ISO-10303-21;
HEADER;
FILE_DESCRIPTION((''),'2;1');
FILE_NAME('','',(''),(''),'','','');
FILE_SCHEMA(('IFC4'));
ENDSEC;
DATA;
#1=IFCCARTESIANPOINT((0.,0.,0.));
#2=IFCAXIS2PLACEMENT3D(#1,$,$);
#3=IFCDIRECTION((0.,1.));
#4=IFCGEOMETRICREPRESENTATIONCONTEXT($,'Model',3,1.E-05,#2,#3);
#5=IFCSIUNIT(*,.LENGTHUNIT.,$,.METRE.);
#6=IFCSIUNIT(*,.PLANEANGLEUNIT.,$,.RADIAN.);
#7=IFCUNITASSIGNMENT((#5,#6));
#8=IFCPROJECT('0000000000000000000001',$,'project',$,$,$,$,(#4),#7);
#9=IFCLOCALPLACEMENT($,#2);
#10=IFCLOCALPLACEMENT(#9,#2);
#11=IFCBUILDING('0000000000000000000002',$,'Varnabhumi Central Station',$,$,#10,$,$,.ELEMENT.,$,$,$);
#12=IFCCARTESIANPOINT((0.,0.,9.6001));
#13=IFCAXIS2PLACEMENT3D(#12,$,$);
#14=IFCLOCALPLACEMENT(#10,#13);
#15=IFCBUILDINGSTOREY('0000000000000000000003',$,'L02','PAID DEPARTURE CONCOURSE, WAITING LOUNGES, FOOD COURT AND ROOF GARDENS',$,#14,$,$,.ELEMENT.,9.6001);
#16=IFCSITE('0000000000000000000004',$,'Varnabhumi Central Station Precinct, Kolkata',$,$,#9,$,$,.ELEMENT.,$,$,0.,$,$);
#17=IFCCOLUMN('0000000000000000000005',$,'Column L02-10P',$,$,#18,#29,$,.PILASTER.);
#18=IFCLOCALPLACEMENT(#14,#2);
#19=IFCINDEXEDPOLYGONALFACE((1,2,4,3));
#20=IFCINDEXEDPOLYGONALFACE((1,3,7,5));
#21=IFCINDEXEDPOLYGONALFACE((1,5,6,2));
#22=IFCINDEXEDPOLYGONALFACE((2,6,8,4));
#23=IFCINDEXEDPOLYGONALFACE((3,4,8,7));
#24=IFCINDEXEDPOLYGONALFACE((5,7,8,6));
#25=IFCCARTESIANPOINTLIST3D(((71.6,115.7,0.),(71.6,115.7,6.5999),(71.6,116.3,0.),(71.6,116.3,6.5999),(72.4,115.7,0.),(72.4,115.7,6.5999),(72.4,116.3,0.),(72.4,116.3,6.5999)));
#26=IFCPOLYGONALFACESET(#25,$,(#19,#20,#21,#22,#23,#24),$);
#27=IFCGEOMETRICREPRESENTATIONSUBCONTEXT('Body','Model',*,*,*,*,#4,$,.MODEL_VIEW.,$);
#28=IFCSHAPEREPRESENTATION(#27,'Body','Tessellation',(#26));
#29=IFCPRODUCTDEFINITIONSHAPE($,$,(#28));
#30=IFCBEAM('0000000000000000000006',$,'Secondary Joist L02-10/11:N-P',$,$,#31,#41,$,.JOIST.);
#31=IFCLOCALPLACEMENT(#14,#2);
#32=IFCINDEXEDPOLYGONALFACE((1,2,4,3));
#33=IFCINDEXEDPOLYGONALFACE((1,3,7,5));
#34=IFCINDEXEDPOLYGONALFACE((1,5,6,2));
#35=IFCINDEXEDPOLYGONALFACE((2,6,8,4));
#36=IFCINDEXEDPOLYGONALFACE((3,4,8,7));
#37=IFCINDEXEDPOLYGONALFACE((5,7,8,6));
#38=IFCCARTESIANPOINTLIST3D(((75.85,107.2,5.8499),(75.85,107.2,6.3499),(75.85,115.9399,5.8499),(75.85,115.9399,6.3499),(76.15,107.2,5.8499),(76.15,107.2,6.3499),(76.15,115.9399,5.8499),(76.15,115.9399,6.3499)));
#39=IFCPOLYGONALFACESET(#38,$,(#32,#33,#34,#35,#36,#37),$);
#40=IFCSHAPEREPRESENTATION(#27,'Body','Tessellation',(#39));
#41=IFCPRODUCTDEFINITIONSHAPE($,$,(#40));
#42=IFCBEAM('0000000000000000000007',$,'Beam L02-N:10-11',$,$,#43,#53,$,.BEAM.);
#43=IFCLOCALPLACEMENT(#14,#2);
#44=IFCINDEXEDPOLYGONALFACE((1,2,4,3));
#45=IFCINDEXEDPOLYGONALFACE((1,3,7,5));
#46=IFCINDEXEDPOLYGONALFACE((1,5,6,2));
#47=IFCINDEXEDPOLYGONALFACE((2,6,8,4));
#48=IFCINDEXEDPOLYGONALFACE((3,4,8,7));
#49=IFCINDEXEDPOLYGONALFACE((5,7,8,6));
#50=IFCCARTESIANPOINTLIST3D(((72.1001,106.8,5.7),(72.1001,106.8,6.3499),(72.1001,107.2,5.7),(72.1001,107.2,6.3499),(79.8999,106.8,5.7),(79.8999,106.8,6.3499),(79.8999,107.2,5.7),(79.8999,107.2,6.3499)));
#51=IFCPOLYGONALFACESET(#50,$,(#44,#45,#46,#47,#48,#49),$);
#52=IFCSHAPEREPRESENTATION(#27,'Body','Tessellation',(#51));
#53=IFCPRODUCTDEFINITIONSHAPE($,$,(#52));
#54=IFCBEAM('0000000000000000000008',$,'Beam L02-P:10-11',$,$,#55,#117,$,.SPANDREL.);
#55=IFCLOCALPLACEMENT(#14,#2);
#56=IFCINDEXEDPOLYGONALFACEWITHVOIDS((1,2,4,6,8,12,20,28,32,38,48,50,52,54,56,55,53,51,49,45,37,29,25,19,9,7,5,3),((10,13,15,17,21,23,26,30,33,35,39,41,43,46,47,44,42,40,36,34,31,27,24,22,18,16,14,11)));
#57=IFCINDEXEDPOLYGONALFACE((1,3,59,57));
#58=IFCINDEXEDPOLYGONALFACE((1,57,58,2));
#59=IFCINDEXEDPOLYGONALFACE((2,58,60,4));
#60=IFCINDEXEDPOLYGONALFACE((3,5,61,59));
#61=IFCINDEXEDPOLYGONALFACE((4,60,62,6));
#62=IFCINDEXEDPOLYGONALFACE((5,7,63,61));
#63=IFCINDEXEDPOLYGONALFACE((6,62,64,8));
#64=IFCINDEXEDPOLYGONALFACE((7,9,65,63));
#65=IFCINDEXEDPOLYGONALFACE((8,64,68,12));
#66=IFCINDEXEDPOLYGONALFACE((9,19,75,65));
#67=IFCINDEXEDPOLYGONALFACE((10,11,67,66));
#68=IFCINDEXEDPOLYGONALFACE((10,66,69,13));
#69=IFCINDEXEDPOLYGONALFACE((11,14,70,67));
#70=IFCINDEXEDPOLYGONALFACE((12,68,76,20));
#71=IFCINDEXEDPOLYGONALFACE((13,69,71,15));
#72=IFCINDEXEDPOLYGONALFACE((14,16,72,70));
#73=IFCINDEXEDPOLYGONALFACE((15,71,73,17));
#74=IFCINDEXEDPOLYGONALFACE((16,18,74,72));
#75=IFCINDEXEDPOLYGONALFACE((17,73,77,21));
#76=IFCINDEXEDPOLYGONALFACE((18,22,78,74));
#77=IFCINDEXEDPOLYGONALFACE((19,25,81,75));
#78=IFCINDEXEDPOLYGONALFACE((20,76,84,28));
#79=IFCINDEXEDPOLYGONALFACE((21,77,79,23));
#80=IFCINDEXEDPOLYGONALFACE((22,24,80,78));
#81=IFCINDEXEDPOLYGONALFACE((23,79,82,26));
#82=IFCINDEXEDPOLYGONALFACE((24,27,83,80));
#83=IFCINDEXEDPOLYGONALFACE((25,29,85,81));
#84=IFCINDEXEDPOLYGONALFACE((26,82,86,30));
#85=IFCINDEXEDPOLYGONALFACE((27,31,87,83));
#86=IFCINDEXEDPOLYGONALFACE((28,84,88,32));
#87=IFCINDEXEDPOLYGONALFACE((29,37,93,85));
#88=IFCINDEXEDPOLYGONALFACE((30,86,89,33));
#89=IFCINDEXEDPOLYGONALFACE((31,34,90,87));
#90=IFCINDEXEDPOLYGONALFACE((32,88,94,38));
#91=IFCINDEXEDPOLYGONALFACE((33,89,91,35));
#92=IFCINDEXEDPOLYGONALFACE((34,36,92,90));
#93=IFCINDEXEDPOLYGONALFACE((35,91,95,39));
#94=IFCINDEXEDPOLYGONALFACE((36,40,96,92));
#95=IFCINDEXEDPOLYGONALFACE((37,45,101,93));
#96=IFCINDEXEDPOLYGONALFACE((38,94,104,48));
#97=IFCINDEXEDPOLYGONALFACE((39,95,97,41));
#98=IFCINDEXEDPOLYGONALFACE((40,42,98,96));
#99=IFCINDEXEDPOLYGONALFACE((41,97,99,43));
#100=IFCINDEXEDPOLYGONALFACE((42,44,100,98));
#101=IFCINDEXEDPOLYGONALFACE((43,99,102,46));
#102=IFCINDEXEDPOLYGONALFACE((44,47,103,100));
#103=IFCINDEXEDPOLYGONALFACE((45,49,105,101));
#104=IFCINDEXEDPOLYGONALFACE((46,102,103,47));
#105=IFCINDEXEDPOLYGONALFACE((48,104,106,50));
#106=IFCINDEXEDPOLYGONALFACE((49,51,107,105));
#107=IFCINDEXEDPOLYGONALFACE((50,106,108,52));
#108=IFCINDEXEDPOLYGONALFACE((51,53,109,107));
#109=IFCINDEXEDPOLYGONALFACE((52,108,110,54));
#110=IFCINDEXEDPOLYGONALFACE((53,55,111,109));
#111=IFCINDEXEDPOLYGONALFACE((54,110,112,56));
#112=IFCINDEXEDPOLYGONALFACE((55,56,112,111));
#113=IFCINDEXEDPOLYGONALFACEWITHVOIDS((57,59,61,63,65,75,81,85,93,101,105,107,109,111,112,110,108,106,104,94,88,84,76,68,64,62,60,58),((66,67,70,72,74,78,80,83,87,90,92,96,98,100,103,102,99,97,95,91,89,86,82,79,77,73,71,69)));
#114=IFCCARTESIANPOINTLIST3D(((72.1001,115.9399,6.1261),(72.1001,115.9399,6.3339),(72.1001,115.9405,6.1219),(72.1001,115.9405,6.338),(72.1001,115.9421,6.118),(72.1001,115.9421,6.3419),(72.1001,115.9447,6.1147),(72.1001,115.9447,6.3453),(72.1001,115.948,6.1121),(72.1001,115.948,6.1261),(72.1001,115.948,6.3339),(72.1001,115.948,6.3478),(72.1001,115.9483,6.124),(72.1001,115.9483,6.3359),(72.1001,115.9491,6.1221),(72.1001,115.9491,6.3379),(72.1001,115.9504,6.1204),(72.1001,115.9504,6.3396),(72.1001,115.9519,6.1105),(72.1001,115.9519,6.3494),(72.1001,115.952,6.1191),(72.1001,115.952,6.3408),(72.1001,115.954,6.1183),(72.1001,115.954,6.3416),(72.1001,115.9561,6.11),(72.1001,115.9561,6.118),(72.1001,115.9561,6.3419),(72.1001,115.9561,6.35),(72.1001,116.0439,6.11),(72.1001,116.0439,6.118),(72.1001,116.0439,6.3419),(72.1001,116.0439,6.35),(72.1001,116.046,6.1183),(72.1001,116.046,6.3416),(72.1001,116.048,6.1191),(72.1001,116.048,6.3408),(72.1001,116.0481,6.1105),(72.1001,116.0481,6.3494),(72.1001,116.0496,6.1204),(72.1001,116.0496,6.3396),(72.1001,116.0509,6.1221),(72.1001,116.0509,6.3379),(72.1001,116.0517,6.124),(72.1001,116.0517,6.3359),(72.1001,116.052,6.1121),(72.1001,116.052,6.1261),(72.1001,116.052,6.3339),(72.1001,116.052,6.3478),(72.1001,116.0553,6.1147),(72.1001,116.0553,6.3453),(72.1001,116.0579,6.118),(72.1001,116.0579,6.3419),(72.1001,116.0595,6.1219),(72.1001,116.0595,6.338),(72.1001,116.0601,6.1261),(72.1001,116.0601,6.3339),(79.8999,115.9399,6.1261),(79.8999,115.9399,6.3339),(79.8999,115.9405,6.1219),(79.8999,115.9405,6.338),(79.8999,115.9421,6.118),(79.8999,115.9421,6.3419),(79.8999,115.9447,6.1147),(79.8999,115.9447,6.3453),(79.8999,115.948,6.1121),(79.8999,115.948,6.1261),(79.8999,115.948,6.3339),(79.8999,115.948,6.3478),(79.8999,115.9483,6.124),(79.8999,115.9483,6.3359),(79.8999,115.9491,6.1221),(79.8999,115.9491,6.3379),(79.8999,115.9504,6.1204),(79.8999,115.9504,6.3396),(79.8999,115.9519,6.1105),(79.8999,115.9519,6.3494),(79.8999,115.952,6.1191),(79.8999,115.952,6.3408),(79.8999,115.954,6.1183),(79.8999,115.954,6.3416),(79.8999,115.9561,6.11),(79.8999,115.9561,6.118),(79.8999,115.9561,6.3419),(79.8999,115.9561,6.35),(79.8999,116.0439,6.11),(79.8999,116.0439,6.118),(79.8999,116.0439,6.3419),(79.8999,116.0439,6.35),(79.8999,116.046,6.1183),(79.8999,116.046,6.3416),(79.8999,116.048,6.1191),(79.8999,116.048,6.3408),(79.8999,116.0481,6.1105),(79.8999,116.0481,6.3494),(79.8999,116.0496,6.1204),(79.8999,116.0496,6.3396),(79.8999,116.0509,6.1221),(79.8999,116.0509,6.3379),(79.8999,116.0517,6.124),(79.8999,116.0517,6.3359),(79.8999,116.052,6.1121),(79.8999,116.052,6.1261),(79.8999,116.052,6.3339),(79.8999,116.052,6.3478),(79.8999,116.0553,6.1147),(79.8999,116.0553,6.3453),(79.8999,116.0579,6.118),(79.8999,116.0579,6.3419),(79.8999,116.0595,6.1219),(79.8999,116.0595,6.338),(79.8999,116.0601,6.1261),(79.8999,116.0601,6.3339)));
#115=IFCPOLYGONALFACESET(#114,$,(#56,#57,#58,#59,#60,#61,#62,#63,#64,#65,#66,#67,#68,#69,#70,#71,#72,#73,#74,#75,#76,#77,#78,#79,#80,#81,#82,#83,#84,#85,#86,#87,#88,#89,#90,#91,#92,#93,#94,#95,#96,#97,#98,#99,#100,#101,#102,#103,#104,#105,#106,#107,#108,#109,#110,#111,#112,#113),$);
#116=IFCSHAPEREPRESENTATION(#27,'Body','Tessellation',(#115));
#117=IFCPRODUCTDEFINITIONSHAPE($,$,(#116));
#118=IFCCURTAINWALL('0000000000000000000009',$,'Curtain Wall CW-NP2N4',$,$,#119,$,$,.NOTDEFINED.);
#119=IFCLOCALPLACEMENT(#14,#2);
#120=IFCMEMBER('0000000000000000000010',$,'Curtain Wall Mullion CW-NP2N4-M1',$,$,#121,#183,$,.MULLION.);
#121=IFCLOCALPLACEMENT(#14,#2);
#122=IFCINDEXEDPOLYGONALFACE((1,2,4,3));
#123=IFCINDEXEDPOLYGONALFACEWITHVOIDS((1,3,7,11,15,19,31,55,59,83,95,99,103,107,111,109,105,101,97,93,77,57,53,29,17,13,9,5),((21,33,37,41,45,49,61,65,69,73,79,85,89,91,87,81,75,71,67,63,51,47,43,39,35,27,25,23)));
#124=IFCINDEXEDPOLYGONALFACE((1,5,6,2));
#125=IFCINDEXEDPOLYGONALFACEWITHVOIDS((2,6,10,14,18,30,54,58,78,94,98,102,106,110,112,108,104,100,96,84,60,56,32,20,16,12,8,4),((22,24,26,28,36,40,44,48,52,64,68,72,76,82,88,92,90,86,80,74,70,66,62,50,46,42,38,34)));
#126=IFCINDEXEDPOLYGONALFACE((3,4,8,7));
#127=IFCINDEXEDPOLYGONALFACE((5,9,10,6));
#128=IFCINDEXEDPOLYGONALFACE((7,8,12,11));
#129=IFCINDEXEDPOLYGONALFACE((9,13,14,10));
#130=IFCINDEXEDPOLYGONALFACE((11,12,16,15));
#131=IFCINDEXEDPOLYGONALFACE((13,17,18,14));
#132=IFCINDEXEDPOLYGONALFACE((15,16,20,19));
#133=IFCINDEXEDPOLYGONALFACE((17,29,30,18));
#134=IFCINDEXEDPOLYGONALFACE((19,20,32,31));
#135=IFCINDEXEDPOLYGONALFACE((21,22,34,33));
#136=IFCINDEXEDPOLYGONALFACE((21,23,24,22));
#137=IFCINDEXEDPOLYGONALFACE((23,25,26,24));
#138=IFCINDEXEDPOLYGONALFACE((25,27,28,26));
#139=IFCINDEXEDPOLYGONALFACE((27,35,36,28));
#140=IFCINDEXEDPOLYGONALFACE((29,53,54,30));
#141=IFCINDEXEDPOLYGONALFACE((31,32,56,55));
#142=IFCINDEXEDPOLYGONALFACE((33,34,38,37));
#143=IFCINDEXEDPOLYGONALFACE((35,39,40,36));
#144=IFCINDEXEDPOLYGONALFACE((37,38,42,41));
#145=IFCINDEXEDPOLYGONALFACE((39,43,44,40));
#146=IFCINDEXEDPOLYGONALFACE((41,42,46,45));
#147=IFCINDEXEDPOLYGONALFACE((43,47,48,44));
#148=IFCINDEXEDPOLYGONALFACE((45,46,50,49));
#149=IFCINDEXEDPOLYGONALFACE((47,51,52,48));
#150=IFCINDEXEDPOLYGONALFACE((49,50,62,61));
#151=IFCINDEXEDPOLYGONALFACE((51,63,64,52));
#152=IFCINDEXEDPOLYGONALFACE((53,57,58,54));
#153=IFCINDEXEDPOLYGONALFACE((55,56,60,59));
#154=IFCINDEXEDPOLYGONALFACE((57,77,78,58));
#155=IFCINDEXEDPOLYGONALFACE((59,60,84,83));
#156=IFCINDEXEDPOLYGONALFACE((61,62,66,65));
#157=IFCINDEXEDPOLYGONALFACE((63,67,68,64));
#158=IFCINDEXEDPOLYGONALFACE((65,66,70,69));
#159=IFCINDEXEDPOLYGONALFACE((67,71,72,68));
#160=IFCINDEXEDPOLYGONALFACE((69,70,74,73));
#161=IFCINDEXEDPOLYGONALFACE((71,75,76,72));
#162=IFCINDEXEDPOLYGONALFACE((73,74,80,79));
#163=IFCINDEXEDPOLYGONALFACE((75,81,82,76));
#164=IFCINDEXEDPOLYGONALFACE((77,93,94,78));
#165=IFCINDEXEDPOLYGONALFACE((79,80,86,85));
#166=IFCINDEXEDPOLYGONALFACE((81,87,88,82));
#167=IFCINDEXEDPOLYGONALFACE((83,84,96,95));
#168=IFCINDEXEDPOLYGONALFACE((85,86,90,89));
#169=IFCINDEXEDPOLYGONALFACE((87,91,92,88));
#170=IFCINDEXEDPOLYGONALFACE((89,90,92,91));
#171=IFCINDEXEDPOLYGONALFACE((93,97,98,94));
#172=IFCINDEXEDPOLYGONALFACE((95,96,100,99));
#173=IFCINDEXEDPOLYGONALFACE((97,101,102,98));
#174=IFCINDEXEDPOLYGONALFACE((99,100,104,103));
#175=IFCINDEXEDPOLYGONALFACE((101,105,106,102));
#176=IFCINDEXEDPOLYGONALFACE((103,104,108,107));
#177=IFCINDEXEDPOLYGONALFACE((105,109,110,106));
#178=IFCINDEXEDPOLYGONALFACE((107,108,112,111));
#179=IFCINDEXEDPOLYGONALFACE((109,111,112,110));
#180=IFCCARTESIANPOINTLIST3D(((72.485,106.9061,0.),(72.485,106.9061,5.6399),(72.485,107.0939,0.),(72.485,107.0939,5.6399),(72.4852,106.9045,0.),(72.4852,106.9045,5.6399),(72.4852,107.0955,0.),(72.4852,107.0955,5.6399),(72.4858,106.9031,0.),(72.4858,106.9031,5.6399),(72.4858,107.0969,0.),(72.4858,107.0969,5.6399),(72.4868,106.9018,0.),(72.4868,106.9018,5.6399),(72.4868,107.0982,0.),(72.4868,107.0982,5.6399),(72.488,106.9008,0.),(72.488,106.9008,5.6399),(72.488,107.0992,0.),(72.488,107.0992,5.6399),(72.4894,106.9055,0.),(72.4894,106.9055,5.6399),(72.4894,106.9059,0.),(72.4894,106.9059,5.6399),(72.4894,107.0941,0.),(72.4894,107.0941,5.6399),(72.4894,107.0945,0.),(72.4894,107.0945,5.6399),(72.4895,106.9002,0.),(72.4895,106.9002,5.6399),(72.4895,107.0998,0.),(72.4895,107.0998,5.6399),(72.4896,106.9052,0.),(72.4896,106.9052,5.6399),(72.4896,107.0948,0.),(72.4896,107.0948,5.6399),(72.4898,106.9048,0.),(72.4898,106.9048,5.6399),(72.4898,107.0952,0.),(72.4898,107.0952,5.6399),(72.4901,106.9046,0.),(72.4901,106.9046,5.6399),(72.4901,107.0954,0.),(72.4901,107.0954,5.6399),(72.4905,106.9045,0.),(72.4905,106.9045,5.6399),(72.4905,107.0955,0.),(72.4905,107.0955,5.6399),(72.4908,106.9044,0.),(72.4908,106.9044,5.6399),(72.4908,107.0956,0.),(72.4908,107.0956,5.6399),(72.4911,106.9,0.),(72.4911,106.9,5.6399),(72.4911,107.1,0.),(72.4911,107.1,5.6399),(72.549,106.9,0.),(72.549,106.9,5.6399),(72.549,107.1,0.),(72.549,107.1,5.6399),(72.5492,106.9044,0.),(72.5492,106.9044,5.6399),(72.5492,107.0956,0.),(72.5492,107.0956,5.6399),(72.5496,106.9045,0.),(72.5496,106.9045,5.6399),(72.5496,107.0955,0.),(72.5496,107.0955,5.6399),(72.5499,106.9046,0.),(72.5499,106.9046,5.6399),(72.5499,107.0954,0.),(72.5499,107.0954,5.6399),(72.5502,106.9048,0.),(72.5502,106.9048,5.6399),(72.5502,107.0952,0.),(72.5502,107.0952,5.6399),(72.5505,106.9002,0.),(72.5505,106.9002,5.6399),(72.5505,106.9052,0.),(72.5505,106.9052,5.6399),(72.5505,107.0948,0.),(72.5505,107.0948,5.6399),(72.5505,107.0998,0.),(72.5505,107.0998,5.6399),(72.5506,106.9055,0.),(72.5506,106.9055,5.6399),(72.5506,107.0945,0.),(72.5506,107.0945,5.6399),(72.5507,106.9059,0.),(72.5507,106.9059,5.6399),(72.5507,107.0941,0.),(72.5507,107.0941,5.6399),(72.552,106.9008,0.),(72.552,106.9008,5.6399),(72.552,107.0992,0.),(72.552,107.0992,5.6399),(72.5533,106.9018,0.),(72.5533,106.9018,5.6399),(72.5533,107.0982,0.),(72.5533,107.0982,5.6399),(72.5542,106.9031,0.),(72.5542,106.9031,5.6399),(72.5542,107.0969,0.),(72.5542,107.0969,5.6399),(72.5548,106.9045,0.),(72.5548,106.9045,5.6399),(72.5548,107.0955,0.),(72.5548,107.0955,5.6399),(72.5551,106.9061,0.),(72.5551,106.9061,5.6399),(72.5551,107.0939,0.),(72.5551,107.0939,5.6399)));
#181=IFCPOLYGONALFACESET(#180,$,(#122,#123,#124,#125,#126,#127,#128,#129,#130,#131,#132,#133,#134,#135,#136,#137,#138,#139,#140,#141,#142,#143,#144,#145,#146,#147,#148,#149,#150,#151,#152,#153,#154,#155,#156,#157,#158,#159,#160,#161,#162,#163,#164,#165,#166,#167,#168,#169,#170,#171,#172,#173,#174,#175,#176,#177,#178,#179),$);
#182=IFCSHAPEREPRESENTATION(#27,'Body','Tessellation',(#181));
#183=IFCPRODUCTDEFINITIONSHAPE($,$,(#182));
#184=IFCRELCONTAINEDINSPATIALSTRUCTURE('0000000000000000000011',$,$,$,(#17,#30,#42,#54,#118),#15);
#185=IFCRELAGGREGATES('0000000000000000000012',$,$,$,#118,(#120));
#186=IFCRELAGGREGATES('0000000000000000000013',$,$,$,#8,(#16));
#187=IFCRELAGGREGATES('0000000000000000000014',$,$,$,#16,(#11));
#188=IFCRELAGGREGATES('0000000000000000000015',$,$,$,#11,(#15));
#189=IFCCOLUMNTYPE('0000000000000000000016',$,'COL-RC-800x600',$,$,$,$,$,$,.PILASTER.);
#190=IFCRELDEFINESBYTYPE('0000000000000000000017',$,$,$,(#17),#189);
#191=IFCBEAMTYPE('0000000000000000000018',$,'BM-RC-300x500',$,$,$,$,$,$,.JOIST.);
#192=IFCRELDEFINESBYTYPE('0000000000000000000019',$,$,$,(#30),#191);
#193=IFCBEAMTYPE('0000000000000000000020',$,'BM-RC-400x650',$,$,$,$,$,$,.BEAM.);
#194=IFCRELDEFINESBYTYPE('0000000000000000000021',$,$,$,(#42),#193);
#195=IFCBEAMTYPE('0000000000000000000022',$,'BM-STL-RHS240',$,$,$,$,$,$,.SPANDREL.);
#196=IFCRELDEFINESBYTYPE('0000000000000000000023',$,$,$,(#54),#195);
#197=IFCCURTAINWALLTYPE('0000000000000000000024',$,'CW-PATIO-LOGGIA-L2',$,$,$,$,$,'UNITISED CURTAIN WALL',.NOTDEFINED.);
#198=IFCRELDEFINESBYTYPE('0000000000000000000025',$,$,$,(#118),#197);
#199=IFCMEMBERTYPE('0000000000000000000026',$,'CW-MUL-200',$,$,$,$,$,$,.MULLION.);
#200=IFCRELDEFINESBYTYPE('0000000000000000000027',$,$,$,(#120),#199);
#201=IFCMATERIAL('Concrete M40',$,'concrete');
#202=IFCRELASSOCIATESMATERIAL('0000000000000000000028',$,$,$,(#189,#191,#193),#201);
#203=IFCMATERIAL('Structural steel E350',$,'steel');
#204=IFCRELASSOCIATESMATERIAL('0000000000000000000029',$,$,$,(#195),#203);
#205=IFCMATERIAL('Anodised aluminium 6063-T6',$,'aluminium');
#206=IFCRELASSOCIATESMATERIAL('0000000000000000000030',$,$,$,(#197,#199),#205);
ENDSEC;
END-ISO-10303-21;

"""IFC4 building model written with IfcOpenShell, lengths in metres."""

from ifc_helpers import new_model, si_unit, direction, frame, origin, origin_2d, place, context, subcontext, project, spatial, rectangle, hollow_rectangle, extrude, material, material_profile, profile_set, type_object, element, aggregate, save


model = new_model("IFC4")

# Units and contexts
model_context = context("Model", 3, precision=1e-05, world=origin(), true_north=direction((0.0, 1.0)))
body_context = subcontext(model_context, "Body", "Model", "MODEL_VIEW")
ifc_project = project(units=[si_unit("LENGTHUNIT", "METRE"), si_unit("PLANEANGLEUNIT", "RADIAN")], contexts=[model_context])

# Site, building, storey
site_placement = place(None, origin())
site = spatial("IfcSite", under=ifc_project, at=site_placement, Name="Varnabhumi Central Station Precinct, Kolkata", CompositionType="ELEMENT", RefElevation=0.0)
building_placement = place(site_placement, origin())
building = spatial("IfcBuilding", under=site, at=building_placement, Name="Varnabhumi Central Station", CompositionType="ELEMENT")
storey_placement = place(building_placement, frame((0.0, 0.0, 9.6001)))
storey = spatial("IfcBuildingStorey", under=building, at=storey_placement, Name="L02", Description="PAID DEPARTURE CONCOURSE, WAITING LOUNGES, FOOD COURT AND ROOF GARDENS", CompositionType="ELEMENT", Elevation=9.6001)

# Column
ifc_material_1 = material(Name="Concrete M40", Category="concrete")
ifc_material_profile_1 = material_profile(ifc_material_1, rectangle(XDim=0.8, YDim=0.6001, at=origin_2d()), Name="Concrete M40", Category="concrete")
ifc_profile_set_1 = profile_set([ifc_material_profile_1], Name="Concrete M40")
column_type = type_object("IfcColumnType", Name="COL-RC-800x600", PredefinedType="PILASTER", material=ifc_profile_set_1)
column_placement = place(storey_placement, frame((72.0, 116.0, 0.0), z_axis=(0.0, 0.0, 1.0), x_axis=(1.0, 0.0, 0.0)))
element("IfcColumn", 1, at=column_placement, inside=storey, type_object=column_type, Name="Column L02-10P", PredefinedType="PILASTER", context=body_context, shape_type="SweptSolid", body=[
    extrude(rectangle(XDim=0.8, YDim=0.6001, at=origin_2d()), origin(), (0.0, 0.0, 1.0), 6.5999),
])

# Beams
ifc_material_profile_2 = material_profile(ifc_material_1, rectangle(XDim=0.3, YDim=0.5, at=origin_2d()), Name="Concrete M40", Category="concrete")
ifc_profile_set_2 = profile_set([ifc_material_profile_2], Name="Concrete M40")
beam_type_1 = type_object("IfcBeamType", Name="BM-RC-300x500", PredefinedType="JOIST", material=ifc_profile_set_2)
beam_1_placement = place(storey_placement, frame((76.0, 107.2, 6.0999), z_axis=(0.0, 1.0, 0.0), x_axis=(-1.0, 0.0, 0.0)))
element("IfcBeam", 2, at=beam_1_placement, inside=storey, type_object=beam_type_1, Name="Secondary Joist L02-10/11:N-P", PredefinedType="JOIST", context=body_context, shape_type="SweptSolid", body=[
    extrude(rectangle(XDim=0.3, YDim=0.5, at=origin_2d()), origin(), (0.0, 0.0, 1.0), 8.74),
])
ifc_material_profile_3 = material_profile(ifc_material_1, rectangle(XDim=0.3999, YDim=0.6499, at=origin_2d()), Name="Concrete M40", Category="concrete")
ifc_profile_set_3 = profile_set([ifc_material_profile_3], Name="Concrete M40")
beam_type_2 = type_object("IfcBeamType", Name="BM-RC-400x650", PredefinedType="BEAM", material=ifc_profile_set_3)
beam_2_placement = place(storey_placement, frame((72.1001, 107.0, 6.0249), z_axis=(1.0, 0.0, 0.0), x_axis=(0.0, 1.0, 0.0)))
element("IfcBeam", 3, at=beam_2_placement, inside=storey, type_object=beam_type_2, Name="Beam L02-N:10-11", PredefinedType="BEAM", context=body_context, shape_type="SweptSolid", body=[
    extrude(rectangle(XDim=0.3999, YDim=0.6499, at=origin_2d()), origin(), (0.0, 0.0, 1.0), 7.7998),
])
ifc_material_2 = material(Name="Structural steel E350", Category="steel")
ifc_material_profile_4 = material_profile(ifc_material_2, hollow_rectangle(XDim=0.1201, YDim=0.24, WallThickness=0.0081, InnerFilletRadius=0.0081, OuterFilletRadius=0.0161, at=origin_2d()), Name="Structural steel E350", Category="steel")
ifc_profile_set_4 = profile_set([ifc_material_profile_4], Name="Structural steel E350")
beam_type_3 = type_object("IfcBeamType", Name="BM-STL-RHS240", PredefinedType="SPANDREL", material=ifc_profile_set_4)
beam_3_placement = place(storey_placement, frame((72.1001, 116.0, 6.23), z_axis=(1.0, 0.0, 0.0), x_axis=(0.0, 1.0, 0.0)))
element("IfcBeam", 4, at=beam_3_placement, inside=storey, type_object=beam_type_3, Name="Beam L02-P:10-11", PredefinedType="SPANDREL", context=body_context, shape_type="SweptSolid", body=[
    extrude(hollow_rectangle(XDim=0.1201, YDim=0.24, WallThickness=0.0081, InnerFilletRadius=0.0081, OuterFilletRadius=0.0161, at=origin_2d()), origin(), (0.0, 0.0, 1.0), 7.7998),
])

# Curtain wall, member
ifc_material_3 = material(Name="Anodised aluminium 6063-T6", Category="aluminium")
curtain_wall_type = type_object("IfcCurtainWallType", Name="CW-PATIO-LOGGIA-L2", ElementType="UNITISED CURTAIN WALL", PredefinedType="NOTDEFINED", material=ifc_material_3)
curtain_wall_placement = place(storey_placement, origin())
curtain_wall = element("IfcCurtainWall", 5, at=curtain_wall_placement, inside=storey, type_object=curtain_wall_type, Name="Curtain Wall CW-NP2N4", PredefinedType="NOTDEFINED")
ifc_material_profile_5 = material_profile(ifc_material_3, hollow_rectangle(XDim=0.0701, YDim=0.2, WallThickness=0.0044, InnerFilletRadius=0.0015, OuterFilletRadius=0.0061, at=origin_2d()), Name="Anodised aluminium 6063-T6", Category="aluminium")
ifc_profile_set_5 = profile_set([ifc_material_profile_5], Name="Anodised aluminium 6063-T6")
member_type_1 = type_object("IfcMemberType", Name="CW-MUL-200", PredefinedType="MULLION", material=ifc_profile_set_5)
member_1_placement = place(storey_placement, frame((72.52, 107.0, 0.0), z_axis=(0.0, 0.0, 1.0), x_axis=(1.0, 0.0, 0.0)))
member_1 = element("IfcMember", 6, at=member_1_placement, type_object=member_type_1, Name="Curtain Wall Mullion CW-NP2N4-M1", PredefinedType="MULLION", context=body_context, shape_type="SweptSolid", body=[
    extrude(hollow_rectangle(XDim=0.0701, YDim=0.2, WallThickness=0.0044, InnerFilletRadius=0.0015, OuterFilletRadius=0.0061, at=origin_2d()), origin(), (0.0, 0.0, 1.0), 5.6399),
])
aggregate(curtain_wall, [member_1])

save(model, "model.ifc")
